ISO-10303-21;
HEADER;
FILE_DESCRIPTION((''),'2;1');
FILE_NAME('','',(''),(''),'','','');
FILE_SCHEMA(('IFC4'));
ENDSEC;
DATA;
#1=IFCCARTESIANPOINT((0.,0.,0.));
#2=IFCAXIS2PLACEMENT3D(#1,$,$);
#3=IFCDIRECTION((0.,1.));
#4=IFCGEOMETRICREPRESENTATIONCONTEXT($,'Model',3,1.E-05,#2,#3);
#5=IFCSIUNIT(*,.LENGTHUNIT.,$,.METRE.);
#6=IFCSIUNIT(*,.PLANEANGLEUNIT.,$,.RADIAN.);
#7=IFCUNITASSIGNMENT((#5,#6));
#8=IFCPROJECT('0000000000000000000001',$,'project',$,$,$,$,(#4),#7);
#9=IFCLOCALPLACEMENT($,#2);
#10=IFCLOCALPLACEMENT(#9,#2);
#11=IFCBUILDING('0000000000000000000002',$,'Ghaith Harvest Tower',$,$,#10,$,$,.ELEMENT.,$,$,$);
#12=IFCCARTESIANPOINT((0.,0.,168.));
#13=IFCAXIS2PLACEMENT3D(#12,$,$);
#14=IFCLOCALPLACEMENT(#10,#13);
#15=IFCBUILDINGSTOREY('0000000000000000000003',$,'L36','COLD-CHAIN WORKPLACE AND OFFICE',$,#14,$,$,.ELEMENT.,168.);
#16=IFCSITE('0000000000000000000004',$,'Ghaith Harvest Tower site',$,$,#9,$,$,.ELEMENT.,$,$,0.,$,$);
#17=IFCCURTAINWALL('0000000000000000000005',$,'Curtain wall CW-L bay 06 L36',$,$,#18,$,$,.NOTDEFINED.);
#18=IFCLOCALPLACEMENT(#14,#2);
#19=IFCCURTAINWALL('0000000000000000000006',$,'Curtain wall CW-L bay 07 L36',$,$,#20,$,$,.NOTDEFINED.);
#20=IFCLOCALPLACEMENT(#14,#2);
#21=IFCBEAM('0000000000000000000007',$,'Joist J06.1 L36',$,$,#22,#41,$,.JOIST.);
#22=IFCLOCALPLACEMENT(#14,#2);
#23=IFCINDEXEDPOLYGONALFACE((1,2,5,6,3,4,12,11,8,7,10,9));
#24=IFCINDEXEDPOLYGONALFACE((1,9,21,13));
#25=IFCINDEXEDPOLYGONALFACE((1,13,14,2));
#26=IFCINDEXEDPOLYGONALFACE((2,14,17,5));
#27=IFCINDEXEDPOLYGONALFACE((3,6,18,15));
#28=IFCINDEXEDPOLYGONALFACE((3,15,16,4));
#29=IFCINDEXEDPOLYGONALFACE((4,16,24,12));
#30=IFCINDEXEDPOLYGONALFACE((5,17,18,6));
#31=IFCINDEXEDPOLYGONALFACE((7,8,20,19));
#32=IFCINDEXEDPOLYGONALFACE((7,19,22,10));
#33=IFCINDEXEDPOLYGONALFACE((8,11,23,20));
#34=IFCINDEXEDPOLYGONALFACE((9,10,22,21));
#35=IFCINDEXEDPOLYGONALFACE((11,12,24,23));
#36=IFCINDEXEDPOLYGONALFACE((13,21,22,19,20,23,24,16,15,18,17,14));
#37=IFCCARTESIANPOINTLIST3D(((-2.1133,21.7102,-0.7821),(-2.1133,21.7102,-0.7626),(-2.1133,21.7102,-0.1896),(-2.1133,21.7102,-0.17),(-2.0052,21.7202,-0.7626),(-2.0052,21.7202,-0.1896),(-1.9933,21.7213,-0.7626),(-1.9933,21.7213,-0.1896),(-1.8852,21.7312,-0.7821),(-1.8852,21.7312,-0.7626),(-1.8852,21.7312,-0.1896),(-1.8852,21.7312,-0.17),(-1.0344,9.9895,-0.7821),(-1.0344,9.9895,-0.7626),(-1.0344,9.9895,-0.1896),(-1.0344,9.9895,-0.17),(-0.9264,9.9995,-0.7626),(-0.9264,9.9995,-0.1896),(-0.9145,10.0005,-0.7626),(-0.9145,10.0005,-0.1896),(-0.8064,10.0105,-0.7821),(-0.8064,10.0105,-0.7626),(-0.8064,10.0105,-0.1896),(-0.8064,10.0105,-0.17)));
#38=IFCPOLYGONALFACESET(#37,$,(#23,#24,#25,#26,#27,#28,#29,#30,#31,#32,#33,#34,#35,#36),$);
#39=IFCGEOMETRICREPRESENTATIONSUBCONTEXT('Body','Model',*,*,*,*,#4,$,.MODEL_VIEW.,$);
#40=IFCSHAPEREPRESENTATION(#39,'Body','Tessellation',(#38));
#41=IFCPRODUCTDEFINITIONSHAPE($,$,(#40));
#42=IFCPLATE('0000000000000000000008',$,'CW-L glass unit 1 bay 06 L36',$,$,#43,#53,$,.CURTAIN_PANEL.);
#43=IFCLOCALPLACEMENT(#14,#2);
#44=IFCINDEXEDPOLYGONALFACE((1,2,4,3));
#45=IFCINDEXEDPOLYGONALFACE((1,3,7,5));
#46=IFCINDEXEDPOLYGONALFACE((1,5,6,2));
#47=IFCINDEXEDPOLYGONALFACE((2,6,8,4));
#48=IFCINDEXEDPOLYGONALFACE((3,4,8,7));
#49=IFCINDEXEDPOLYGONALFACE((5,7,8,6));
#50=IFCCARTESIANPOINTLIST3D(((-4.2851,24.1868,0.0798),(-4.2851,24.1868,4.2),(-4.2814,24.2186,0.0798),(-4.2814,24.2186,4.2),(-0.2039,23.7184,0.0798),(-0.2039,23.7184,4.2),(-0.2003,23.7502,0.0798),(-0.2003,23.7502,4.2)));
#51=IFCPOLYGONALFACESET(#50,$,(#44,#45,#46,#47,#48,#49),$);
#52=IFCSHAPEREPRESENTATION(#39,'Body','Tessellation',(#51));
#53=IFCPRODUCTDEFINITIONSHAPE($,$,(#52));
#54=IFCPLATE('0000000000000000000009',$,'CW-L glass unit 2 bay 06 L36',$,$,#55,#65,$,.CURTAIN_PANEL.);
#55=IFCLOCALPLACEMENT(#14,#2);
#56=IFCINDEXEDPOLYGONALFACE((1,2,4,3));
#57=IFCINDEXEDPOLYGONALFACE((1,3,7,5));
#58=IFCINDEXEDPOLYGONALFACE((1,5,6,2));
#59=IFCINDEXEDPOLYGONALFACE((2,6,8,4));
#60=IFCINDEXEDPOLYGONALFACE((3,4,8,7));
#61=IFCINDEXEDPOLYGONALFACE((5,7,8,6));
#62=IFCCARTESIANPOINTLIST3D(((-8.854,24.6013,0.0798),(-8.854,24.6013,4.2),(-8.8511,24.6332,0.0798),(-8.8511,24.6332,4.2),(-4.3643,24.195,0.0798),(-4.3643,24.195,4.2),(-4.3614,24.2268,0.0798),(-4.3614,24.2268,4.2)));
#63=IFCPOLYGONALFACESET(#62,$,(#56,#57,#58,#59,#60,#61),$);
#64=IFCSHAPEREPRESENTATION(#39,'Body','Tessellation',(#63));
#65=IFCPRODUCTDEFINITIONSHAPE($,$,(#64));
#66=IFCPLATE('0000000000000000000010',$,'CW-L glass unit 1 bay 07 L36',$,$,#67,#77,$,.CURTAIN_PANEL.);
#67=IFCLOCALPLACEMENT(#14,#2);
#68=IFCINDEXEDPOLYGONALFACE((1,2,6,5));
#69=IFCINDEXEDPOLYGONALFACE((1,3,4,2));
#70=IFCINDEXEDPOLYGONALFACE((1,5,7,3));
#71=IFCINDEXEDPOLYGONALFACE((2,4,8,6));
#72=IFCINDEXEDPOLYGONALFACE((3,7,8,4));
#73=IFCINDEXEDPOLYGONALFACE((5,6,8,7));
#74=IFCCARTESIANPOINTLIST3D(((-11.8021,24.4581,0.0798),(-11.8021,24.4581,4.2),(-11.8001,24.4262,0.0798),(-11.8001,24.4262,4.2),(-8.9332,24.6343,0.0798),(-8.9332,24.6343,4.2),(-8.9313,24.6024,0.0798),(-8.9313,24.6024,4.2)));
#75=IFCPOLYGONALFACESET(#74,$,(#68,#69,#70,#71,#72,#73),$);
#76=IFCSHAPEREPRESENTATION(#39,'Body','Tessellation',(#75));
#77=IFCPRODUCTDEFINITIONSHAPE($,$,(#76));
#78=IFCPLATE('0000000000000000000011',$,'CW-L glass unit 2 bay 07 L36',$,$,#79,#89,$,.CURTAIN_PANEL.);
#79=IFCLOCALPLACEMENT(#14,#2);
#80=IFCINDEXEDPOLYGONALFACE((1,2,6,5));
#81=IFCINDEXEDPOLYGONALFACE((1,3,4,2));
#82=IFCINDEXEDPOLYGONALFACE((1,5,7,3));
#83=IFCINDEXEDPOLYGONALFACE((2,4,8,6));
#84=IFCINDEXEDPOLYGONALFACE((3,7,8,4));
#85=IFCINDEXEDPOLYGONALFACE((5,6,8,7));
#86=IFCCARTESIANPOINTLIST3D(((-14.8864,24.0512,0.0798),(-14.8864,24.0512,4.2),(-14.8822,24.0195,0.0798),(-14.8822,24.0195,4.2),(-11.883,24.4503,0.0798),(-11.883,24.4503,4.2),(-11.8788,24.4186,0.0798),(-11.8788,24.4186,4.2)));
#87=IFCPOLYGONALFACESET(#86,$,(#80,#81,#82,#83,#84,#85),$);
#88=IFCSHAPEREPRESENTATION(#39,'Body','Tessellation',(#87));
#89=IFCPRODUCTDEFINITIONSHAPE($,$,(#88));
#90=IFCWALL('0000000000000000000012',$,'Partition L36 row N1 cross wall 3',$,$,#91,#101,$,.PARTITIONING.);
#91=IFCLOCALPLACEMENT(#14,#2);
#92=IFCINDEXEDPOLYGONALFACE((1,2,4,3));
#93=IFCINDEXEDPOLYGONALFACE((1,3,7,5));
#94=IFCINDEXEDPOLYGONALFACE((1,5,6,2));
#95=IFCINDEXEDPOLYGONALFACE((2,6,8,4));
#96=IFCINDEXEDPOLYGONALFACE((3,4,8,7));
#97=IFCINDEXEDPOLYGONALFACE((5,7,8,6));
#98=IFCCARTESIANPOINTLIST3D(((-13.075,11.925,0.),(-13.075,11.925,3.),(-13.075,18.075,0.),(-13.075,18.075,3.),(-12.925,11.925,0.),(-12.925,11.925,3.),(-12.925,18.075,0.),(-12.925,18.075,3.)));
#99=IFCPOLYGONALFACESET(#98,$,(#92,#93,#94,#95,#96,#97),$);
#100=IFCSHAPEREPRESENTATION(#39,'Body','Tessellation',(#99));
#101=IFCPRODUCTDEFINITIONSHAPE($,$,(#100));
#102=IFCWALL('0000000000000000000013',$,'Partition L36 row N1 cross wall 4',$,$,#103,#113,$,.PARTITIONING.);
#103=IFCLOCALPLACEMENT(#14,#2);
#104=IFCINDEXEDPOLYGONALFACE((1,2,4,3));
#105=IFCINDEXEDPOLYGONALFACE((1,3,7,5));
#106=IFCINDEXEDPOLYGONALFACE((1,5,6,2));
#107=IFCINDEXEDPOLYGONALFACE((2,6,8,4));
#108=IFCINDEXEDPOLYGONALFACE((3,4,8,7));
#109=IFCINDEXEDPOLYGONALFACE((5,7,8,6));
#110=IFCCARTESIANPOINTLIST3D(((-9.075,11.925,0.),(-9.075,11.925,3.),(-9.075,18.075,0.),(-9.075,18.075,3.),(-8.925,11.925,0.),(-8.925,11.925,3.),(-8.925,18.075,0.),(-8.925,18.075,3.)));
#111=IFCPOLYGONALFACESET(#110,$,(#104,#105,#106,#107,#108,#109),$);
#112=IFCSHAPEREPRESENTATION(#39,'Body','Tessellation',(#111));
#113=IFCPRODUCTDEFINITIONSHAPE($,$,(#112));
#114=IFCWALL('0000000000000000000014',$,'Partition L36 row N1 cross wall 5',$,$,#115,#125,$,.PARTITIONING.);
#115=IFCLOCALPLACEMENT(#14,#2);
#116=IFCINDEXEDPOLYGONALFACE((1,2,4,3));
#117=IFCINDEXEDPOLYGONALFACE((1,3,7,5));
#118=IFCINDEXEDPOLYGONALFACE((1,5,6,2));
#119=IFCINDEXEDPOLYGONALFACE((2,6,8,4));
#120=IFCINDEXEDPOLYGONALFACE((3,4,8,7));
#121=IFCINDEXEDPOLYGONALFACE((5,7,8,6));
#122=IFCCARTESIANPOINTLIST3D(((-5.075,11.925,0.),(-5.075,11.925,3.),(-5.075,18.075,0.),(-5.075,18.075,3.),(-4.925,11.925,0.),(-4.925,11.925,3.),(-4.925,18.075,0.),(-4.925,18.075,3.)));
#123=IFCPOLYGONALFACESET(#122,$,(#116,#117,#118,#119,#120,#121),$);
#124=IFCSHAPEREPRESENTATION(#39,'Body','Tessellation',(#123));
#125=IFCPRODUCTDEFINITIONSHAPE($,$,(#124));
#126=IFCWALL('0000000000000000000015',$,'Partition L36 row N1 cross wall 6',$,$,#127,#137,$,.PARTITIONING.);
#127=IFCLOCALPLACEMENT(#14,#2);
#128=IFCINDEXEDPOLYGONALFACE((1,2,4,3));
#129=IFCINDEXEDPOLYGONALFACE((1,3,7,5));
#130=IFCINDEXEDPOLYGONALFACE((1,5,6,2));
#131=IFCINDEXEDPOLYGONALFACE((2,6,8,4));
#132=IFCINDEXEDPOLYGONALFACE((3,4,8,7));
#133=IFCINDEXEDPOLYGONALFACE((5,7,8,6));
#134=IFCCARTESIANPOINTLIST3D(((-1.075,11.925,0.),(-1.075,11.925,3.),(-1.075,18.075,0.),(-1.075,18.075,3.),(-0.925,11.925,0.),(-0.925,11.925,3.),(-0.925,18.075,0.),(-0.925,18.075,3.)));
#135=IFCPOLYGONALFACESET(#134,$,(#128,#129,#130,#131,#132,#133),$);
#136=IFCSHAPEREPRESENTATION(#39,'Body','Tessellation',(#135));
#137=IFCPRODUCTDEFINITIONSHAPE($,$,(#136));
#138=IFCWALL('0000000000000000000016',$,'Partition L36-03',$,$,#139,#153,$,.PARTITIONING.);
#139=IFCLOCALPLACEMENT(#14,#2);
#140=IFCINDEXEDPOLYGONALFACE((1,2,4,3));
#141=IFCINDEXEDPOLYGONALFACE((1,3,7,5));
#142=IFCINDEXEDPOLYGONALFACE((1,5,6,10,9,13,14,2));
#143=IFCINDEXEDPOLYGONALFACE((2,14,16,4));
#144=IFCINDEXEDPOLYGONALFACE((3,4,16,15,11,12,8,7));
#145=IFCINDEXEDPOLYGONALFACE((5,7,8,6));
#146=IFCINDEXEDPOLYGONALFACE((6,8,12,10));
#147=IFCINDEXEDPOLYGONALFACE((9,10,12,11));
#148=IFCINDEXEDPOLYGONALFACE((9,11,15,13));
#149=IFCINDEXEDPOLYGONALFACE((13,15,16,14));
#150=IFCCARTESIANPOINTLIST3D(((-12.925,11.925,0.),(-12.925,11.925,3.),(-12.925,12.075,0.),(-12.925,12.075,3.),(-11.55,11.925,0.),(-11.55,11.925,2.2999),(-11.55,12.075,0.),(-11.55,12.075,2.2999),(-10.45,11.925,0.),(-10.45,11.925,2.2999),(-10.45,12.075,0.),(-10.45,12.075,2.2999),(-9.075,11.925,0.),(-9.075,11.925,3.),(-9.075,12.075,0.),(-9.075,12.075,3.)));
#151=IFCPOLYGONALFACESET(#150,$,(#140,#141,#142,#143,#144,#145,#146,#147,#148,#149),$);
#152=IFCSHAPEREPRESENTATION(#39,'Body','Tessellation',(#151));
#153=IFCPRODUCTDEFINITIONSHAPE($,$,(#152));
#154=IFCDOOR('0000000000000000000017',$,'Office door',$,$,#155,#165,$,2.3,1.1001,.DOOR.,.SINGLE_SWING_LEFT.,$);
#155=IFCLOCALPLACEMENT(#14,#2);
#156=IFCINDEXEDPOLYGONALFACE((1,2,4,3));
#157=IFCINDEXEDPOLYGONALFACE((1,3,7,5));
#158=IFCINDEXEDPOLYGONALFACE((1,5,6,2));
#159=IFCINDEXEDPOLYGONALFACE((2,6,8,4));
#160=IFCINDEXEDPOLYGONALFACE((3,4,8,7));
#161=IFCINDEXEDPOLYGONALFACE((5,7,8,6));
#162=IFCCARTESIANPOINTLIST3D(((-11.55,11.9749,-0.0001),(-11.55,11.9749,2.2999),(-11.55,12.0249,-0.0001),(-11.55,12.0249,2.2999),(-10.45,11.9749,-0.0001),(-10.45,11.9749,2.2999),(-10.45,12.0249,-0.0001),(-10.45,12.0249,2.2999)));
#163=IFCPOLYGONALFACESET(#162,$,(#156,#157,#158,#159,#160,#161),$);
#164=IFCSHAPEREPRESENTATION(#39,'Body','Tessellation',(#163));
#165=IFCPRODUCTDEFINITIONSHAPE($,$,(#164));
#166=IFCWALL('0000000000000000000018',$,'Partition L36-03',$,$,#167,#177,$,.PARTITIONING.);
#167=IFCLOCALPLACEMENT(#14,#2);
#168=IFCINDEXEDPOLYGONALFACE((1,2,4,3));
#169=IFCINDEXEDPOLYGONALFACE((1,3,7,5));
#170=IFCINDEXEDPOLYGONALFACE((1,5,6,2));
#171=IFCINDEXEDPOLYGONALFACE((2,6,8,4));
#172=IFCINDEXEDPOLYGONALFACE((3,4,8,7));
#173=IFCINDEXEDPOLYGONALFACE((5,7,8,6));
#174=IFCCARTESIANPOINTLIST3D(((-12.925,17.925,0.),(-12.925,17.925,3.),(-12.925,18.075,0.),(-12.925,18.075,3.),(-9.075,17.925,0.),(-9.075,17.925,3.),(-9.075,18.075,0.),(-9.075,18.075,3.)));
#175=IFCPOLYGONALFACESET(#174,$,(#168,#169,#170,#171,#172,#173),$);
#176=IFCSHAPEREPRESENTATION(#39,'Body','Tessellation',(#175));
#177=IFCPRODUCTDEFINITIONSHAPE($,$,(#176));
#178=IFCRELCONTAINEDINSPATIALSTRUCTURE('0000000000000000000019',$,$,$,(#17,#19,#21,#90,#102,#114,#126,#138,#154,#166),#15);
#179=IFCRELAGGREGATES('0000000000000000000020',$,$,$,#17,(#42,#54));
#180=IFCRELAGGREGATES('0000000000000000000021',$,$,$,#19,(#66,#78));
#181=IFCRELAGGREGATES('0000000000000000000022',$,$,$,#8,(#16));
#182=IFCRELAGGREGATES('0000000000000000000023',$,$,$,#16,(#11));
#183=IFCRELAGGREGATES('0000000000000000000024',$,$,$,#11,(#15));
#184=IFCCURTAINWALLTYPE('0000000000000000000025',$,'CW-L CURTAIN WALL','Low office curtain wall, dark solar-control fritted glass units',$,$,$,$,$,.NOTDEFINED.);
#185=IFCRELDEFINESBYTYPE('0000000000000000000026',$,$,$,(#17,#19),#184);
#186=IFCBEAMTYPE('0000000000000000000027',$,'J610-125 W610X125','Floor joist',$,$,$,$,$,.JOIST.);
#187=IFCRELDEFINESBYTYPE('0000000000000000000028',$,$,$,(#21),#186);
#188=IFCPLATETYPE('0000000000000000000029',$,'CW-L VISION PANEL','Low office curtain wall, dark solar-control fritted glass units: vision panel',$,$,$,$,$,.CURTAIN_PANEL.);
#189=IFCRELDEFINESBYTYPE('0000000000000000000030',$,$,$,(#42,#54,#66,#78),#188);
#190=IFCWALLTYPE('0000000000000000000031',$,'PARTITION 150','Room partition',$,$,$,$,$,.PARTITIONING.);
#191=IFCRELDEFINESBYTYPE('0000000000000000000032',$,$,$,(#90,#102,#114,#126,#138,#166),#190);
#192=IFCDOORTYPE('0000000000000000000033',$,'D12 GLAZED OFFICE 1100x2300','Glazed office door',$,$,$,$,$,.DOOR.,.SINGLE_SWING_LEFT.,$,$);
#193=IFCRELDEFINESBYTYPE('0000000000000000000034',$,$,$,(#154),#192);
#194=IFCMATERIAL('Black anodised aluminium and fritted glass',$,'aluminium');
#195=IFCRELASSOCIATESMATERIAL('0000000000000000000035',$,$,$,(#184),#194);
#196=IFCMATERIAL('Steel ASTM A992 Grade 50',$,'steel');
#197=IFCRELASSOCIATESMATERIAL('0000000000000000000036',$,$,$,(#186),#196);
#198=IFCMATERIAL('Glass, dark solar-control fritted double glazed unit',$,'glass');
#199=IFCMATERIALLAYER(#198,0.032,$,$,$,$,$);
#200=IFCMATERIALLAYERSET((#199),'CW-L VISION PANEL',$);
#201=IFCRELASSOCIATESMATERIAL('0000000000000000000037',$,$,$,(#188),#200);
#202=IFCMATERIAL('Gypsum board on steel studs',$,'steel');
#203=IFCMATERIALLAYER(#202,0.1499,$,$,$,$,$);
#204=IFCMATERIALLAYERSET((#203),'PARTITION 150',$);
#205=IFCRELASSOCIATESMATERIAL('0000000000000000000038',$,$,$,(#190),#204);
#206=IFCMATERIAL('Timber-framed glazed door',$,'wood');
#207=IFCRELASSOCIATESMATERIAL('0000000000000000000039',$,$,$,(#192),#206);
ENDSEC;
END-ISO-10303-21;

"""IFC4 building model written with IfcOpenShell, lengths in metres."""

from ifc_helpers import new_model, si_unit, direction, frame, frame_2d, origin, origin_2d, place, context, subcontext, project, spatial, rectangle, i_section, extrude, material, layer, layer_set, material_profile, profile_set, type_object, element, fill, aggregate, save


model = new_model("IFC4")

# Units and contexts
model_context = context("Model", 3, precision=1e-05, world=origin(), true_north=direction((0.0, 1.0)))
body_context = subcontext(model_context, "Body", "Model", "MODEL_VIEW")
ifc_project = project(units=[si_unit("LENGTHUNIT", "METRE"), si_unit("PLANEANGLEUNIT", "RADIAN")], contexts=[model_context])

# Site, building, storey
site_placement = place(None, origin())
site = spatial("IfcSite", under=ifc_project, at=site_placement, Name="Ghaith Harvest Tower site", CompositionType="ELEMENT", RefElevation=0.0)
building_placement = place(site_placement, origin())
building = spatial("IfcBuilding", under=site, at=building_placement, Name="Ghaith Harvest Tower", CompositionType="ELEMENT")
storey_placement = place(building_placement, frame((0.0, 0.0, 168.0)))
storey = spatial("IfcBuildingStorey", under=building, at=storey_placement, Name="L36", Description="COLD-CHAIN WORKPLACE AND OFFICE", CompositionType="ELEMENT", Elevation=168.0)

# Curtain walls
ifc_material_1 = material(Name="Black anodised aluminium and fritted glass", Category="aluminium")
curtain_wall_type = type_object("IfcCurtainWallType", Name="CW-L CURTAIN WALL", Description="Low office curtain wall, dark solar-control fritted glass units", PredefinedType="NOTDEFINED", material=ifc_material_1)
curtain_wall_1_placement = place(storey_placement, origin())
curtain_wall_1 = element("IfcCurtainWall", 1, at=curtain_wall_1_placement, inside=storey, type_object=curtain_wall_type, Name="Curtain wall CW-L bay 06 L36", PredefinedType="NOTDEFINED")
curtain_wall_2_placement = place(storey_placement, origin())
curtain_wall_2 = element("IfcCurtainWall", 2, at=curtain_wall_2_placement, inside=storey, type_object=curtain_wall_type, Name="Curtain wall CW-L bay 07 L36", PredefinedType="NOTDEFINED")

# Beam
ifc_material_2 = material(Name="Steel ASTM A992 Grade 50", Category="steel")
ifc_material_profile_1 = material_profile(ifc_material_2, i_section(OverallWidth=0.229, OverallDepth=0.6121, WebThickness=0.012, FlangeThickness=0.0195, at=origin_2d()), Name="W610X125")
ifc_profile_set_1 = profile_set([ifc_material_profile_1], Name="Steel ASTM A992 Grade 50")
beam_type_1 = type_object("IfcBeamType", Name="J610-125 W610X125", Description="Floor joist", PredefinedType="JOIST", material=ifc_profile_set_1)
beam_1_placement = place(storey_placement, frame((-0.9204, 10.0, -0.4761), z_axis=(-0.09166, 0.99579, 0.0), x_axis=(-0.99579, -0.09166, 0.0)))
element("IfcBeam", 3, at=beam_1_placement, inside=storey, type_object=beam_type_1, Name="Joist J06.1 L36", PredefinedType="JOIST", context=body_context, shape_type="SweptSolid", body=[
    extrude(i_section(OverallWidth=0.229, OverallDepth=0.6121, WebThickness=0.012, FlangeThickness=0.0195, at=origin_2d()), origin(), (0.0, 0.0, 1.0), 11.7703),
])

# Plates
ifc_material_3 = material(Name="Glass, dark solar-control fritted double glazed unit", Category="glass")
ifc_layer_1 = layer(ifc_material_3, 0.032)
ifc_layer_set_1 = layer_set([ifc_layer_1], Name="CW-L VISION PANEL")
plate_type = type_object("IfcPlateType", Name="CW-L VISION PANEL", Description="Low office curtain wall, dark solar-control fritted glass units: vision panel", PredefinedType="CURTAIN_PANEL", material=ifc_layer_set_1)
plate_1_placement = place(storey_placement, frame((-2.2427, 23.9685, 0.0798), z_axis=(0.0, 0.0, 1.0), x_axis=(-0.993477, 0.114032, 0.0)))
plate_1 = element("IfcPlate", 4, at=plate_1_placement, type_object=plate_type, Name="CW-L glass unit 1 bay 06 L36", PredefinedType="CURTAIN_PANEL", context=body_context, shape_type="SweptSolid", body=[
    extrude(rectangle(XDim=4.1079, YDim=0.032, at=origin_2d()), origin(), (0.0, 0.0, 1.0), 4.1201),
])
plate_2_placement = place(storey_placement, frame((-6.6077, 24.4141, 0.0798), z_axis=(0.0, 0.0, 1.0), x_axis=(-0.995929, 0.090144, 0.0)))
plate_2 = element("IfcPlate", 5, at=plate_2_placement, type_object=plate_type, Name="CW-L glass unit 2 bay 06 L36", PredefinedType="CURTAIN_PANEL", context=body_context, shape_type="SweptSolid", body=[
    extrude(rectangle(XDim=4.5081, YDim=0.032, at=origin_2d()), origin(), (0.0, 0.0, 1.0), 4.1201),
])
aggregate(curtain_wall_1, [plate_1, plate_2])
plate_3_placement = place(storey_placement, frame((-10.3667, 24.5303, 0.0798), z_axis=(0.0, 0.0, 1.0), x_axis=(-0.998119, -0.061303, 0.0)))
plate_3 = element("IfcPlate", 6, at=plate_3_placement, type_object=plate_type, Name="CW-L glass unit 1 bay 07 L36", PredefinedType="CURTAIN_PANEL", context=body_context, shape_type="SweptSolid", body=[
    extrude(rectangle(XDim=2.8743, YDim=0.032, at=origin_2d()), origin(), (0.0, 0.0, 1.0), 4.1201),
])
plate_4_placement = place(storey_placement, frame((-13.3826, 24.2349, 0.0798), z_axis=(0.0, 0.0, 1.0), x_axis=(-0.991286, -0.131728, 0.0)))
plate_4 = element("IfcPlate", 7, at=plate_4_placement, type_object=plate_type, Name="CW-L glass unit 2 bay 07 L36", PredefinedType="CURTAIN_PANEL", context=body_context, shape_type="SweptSolid", body=[
    extrude(rectangle(XDim=3.0298, YDim=0.032, at=origin_2d()), origin(), (0.0, 0.0, 1.0), 4.1201),
])
aggregate(curtain_wall_2, [plate_3, plate_4])

# Walls
ifc_material_4 = material(Name="Gypsum board on steel studs", Category="steel")
ifc_layer_2 = layer(ifc_material_4, 0.1499)
ifc_layer_set_2 = layer_set([ifc_layer_2], Name="PARTITION 150")
wall_type = type_object("IfcWallType", Name="PARTITION 150", Description="Room partition", PredefinedType="PARTITIONING", material=ifc_layer_set_2)
for number, where, z_axis, x_axis, name in (
    (8, (-13.0, 11.925, 0.0), (0.0, 0.0, 1.0), (0.0, 1.0, 0.0), "Partition L36 row N1 cross wall 3"),
    (9, (-9.0, 11.925, 0.0), (0.0, 0.0, 1.0), (0.0, 1.0, 0.0), "Partition L36 row N1 cross wall 4"),
    (10, (-5.0, 11.925, 0.0), (0.0, 0.0, 1.0), (0.0, 1.0, 0.0), "Partition L36 row N1 cross wall 5"),
    (11, (-1.0, 11.925, 0.0), (0.0, 0.0, 1.0), (0.0, 1.0, 0.0), "Partition L36 row N1 cross wall 6"),
):
    element("IfcWall", number, at=place(storey_placement, frame(where, z_axis=z_axis, x_axis=x_axis)), inside=storey, type_object=wall_type, Name=name, PredefinedType="PARTITIONING", context=body_context, shape_type="SweptSolid", body=[
        extrude(rectangle(XDim=6.1499, YDim=0.1499, at=frame_2d((3.075, 0.0))), origin(), (0.0, 0.0, 1.0), 3.0),
    ])

# Wall, opening, door
wall_1_placement = place(storey_placement, frame((-12.925, 12.0, 0.0), z_axis=(0.0, 0.0, 1.0), x_axis=(1.0, 0.0, 0.0)))
wall_1 = element("IfcWall", 12, at=wall_1_placement, inside=storey, type_object=wall_type, Name="Partition L36-03", PredefinedType="PARTITIONING", context=body_context, shape_type="SweptSolid", body=[
    extrude(rectangle(XDim=3.8501, YDim=0.1499, at=frame_2d((1.925, 0.0))), origin(), (0.0, 0.0, 1.0), 3.0),
])
opening_1_placement = place(wall_1_placement, frame((1.375, 0.0, 0.0)))
opening_1 = element("IfcOpeningElement", 13, at=opening_1_placement, cuts=wall_1, PredefinedType="OPENING", context=body_context, shape_type="SweptSolid", body=[
    extrude(rectangle(XDim=1.1001, YDim=2.3, at=frame_2d((0.55, 1.1499))), frame((0.0, 0.085, 0.0), z_axis=(0.0, -1.0, 0.0), x_axis=(1.0, 0.0, 0.0)), (0.0, 0.0, 1.0), 0.1699),
])
ifc_material_5 = material(Name="Timber-framed glazed door", Category="wood")
door_type = type_object("IfcDoorType", Name="D12 GLAZED OFFICE 1100x2300", Description="Glazed office door", OperationType="SINGLE_SWING_LEFT", PredefinedType="DOOR", material=ifc_material_5)
door_1_placement = place(opening_1_placement, origin())
door_1 = element("IfcDoor", 14, at=door_1_placement, inside=storey, type_object=door_type, Name="Office door", OperationType="SINGLE_SWING_LEFT", OverallHeight=2.3, OverallWidth=1.1001, PredefinedType="DOOR", context=body_context, shape_type="SweptSolid", body=[
    extrude(rectangle(XDim=1.1001, YDim=2.3, at=frame_2d((0.55, 1.1499))), frame((0.0, 0.0249, 0.0), z_axis=(0.0, -1.0, 0.0), x_axis=(1.0, 0.0, 0.0)), (0.0, 0.0, 1.0), 0.05),
])
fill(opening_1, door_1)

# Wall
wall_2_placement = place(storey_placement, frame((-12.925, 18.0, 0.0), z_axis=(0.0, 0.0, 1.0), x_axis=(1.0, 0.0, 0.0)))
element("IfcWall", 15, at=wall_2_placement, inside=storey, type_object=wall_type, Name="Partition L36-03", PredefinedType="PARTITIONING", context=body_context, shape_type="SweptSolid", body=[
    extrude(rectangle(XDim=3.8501, YDim=0.1499, at=frame_2d((1.925, 0.0))), origin(), (0.0, 0.0, 1.0), 3.0),
])

save(model, "model.ifc")
